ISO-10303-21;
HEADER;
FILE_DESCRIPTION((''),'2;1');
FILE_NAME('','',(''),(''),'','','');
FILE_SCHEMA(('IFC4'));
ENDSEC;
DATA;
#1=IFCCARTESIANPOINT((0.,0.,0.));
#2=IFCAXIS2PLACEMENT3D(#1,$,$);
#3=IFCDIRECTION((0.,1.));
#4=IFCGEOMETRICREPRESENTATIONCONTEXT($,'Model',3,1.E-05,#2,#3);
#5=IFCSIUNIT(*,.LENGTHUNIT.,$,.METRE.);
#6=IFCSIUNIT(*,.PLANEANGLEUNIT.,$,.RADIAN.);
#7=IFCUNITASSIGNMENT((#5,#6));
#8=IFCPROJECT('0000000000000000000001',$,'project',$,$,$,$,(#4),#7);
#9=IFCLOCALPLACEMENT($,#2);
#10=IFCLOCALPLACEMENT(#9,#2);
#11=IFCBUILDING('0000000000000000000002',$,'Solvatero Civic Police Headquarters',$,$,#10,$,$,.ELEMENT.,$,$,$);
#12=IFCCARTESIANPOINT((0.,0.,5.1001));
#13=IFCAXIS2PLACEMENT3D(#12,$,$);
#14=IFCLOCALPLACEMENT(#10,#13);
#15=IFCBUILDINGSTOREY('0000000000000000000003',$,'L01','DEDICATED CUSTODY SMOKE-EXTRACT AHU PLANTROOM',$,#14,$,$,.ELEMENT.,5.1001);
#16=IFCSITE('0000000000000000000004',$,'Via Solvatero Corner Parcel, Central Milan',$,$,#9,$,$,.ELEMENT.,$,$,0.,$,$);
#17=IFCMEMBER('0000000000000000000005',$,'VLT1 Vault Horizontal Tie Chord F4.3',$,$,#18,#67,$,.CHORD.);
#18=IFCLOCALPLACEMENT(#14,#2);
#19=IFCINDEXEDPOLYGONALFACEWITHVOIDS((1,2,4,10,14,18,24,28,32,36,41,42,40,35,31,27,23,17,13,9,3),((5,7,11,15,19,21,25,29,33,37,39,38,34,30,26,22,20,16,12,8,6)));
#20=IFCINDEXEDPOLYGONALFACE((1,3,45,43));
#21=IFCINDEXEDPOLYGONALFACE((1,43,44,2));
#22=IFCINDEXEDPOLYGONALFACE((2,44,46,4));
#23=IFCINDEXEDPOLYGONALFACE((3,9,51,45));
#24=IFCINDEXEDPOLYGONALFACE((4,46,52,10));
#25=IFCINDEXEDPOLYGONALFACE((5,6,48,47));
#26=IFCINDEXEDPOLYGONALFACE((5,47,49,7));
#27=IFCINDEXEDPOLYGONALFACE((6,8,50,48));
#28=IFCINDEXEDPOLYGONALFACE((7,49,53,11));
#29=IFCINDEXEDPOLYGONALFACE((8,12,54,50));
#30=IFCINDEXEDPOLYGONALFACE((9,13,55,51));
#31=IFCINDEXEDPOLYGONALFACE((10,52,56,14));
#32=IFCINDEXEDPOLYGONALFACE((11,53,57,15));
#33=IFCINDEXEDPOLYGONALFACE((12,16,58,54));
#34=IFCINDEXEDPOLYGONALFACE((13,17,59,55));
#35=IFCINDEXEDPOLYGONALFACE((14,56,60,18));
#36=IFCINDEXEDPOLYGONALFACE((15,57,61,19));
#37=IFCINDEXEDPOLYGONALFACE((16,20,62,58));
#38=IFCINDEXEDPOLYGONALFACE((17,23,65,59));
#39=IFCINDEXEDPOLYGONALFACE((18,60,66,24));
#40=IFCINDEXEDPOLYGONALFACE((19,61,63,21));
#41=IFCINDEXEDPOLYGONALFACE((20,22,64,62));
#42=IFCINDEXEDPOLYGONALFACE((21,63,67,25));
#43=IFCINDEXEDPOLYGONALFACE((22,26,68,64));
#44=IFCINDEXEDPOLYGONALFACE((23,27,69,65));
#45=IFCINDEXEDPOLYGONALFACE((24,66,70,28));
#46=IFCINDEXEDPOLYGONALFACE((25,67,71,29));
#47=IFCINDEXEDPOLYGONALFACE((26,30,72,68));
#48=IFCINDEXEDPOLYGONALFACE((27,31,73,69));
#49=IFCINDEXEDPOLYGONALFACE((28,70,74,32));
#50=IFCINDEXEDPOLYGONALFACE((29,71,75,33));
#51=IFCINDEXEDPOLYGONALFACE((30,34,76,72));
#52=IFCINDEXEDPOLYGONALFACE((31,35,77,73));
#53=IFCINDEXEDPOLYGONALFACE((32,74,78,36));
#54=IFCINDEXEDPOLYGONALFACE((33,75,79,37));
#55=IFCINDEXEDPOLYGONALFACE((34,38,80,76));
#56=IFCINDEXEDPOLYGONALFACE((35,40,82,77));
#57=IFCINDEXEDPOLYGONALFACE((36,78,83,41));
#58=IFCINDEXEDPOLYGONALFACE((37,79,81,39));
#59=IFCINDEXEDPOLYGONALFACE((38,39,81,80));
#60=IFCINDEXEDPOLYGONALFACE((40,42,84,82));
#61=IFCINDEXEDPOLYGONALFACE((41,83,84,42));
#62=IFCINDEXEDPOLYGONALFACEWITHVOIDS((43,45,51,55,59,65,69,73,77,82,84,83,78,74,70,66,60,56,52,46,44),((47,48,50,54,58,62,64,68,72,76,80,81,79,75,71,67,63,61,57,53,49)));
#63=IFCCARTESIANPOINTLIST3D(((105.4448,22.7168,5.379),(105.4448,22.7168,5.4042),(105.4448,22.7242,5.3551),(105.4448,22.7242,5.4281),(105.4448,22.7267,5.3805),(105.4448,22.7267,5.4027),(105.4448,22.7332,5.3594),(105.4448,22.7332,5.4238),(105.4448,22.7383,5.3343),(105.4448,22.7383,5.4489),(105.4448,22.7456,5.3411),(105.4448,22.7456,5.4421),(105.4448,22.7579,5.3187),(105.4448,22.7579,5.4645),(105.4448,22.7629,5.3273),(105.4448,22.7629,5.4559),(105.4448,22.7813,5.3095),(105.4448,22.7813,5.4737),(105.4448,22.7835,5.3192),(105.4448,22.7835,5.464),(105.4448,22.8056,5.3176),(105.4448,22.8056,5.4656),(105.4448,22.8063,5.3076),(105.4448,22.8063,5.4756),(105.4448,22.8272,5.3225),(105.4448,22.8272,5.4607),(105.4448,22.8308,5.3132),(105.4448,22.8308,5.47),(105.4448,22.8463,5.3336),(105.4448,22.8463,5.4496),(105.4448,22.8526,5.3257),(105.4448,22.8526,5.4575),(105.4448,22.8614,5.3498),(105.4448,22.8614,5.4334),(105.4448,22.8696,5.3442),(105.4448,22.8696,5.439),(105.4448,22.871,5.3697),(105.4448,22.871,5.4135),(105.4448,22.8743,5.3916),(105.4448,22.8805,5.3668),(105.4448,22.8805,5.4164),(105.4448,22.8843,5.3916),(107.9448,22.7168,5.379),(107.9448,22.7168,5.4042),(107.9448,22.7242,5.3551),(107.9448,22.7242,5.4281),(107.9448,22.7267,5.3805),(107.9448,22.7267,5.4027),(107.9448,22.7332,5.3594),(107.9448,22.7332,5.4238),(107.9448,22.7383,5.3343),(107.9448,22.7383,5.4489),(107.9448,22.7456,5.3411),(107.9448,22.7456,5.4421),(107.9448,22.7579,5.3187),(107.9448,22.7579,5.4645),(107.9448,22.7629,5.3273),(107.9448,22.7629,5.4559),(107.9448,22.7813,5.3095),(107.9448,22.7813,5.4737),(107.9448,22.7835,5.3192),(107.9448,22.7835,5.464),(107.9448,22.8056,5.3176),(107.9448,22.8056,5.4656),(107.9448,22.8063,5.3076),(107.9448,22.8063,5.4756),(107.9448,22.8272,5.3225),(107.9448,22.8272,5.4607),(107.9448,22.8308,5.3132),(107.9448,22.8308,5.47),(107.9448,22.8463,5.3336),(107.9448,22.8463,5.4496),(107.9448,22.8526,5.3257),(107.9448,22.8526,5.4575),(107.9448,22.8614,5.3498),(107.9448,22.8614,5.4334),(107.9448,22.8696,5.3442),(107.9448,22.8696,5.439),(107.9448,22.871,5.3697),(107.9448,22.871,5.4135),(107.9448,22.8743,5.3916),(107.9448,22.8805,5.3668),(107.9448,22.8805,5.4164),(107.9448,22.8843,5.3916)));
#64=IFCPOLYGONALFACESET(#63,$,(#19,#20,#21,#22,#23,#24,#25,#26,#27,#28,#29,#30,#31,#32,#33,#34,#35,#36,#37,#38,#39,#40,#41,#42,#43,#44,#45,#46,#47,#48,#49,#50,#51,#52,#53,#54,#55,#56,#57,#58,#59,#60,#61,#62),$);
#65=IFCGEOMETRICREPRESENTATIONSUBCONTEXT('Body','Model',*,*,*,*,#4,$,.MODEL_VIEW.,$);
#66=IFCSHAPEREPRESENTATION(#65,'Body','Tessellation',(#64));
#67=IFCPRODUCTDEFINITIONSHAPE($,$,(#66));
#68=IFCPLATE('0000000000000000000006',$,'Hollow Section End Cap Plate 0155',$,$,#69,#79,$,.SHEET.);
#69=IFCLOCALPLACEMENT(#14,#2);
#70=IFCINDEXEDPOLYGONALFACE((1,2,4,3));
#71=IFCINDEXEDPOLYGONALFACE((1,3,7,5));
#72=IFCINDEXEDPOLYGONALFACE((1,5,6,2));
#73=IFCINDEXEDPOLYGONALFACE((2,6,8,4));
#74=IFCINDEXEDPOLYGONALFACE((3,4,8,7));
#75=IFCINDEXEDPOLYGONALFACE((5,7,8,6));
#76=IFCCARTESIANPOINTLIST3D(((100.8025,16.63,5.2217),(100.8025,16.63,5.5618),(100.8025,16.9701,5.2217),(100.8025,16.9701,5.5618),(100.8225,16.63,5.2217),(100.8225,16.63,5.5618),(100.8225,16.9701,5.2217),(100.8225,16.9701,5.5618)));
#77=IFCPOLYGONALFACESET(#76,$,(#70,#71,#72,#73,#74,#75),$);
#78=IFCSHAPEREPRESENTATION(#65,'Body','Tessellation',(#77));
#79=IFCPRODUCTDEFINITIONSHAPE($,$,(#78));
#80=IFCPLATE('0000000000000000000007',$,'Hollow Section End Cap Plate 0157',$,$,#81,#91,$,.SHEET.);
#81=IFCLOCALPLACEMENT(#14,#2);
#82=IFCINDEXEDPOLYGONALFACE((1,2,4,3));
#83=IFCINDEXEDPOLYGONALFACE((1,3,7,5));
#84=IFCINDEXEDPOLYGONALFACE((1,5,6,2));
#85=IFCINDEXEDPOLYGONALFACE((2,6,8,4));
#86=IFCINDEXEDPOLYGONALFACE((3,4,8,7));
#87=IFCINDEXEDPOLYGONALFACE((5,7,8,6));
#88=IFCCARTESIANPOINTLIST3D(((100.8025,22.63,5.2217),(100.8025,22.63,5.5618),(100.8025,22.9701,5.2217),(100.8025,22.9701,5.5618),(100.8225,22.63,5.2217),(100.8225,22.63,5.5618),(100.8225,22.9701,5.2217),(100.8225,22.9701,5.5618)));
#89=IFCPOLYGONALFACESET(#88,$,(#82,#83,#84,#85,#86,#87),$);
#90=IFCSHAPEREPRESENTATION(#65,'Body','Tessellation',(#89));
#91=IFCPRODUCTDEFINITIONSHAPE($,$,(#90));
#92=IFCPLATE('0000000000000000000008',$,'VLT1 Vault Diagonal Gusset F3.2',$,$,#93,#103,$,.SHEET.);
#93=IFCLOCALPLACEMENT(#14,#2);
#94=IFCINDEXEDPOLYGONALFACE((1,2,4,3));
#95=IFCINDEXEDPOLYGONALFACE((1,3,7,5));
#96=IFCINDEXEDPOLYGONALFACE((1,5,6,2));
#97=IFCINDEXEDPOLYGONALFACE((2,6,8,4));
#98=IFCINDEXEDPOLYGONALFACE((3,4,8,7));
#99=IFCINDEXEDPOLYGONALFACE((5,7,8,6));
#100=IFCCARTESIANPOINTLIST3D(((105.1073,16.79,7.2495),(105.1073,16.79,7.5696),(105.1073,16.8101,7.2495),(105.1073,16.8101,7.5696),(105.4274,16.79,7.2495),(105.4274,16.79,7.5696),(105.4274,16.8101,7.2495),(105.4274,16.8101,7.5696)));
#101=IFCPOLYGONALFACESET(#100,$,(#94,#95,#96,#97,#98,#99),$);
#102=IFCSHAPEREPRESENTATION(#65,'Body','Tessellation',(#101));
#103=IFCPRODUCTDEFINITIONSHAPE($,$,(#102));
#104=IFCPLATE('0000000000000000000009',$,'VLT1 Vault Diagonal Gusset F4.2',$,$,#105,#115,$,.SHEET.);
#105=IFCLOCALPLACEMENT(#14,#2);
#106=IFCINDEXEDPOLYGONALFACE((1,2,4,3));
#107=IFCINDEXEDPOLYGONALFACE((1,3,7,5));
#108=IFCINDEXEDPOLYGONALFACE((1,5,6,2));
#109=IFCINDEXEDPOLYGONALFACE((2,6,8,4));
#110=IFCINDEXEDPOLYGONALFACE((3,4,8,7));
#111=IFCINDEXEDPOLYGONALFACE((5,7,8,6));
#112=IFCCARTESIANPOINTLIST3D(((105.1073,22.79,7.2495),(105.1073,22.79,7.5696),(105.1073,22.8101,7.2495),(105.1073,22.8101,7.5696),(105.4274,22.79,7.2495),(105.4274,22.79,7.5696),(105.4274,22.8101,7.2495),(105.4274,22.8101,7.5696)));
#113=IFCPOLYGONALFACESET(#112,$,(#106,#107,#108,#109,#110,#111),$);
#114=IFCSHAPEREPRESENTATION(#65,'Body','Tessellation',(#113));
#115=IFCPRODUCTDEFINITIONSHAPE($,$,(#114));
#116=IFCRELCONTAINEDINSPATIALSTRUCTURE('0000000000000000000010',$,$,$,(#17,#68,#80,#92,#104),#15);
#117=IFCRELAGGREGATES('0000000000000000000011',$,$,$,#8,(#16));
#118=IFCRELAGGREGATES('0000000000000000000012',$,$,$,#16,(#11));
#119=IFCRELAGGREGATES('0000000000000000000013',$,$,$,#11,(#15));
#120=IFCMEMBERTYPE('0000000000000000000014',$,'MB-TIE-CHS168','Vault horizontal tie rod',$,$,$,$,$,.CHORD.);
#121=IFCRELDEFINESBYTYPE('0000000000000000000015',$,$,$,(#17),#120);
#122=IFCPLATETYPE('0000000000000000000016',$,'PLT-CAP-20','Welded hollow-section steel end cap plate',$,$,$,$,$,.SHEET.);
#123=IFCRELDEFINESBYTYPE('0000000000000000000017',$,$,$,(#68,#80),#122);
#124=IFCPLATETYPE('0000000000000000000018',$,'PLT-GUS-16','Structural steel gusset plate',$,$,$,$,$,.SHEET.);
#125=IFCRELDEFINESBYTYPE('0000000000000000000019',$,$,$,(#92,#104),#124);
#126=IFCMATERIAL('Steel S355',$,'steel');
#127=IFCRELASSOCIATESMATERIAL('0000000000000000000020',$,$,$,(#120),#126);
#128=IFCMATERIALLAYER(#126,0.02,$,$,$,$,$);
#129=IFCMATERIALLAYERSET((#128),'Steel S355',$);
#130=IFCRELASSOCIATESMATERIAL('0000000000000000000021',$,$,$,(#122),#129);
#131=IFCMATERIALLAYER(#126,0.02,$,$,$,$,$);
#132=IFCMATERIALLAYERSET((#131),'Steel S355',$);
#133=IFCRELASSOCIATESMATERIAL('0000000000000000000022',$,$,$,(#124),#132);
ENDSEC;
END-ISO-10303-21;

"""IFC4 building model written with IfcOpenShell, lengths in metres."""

from ifc_helpers import new_model, si_unit, direction, frame, origin, origin_2d, place, context, subcontext, project, spatial, rectangle, hollow_circle, extrude, material, layer, layer_set, material_profile, profile_set, type_object, element, save


model = new_model("IFC4")

# Units and contexts
model_context = context("Model", 3, precision=1e-05, world=origin(), true_north=direction((0.0, 1.0)))
body_context = subcontext(model_context, "Body", "Model", "MODEL_VIEW")
ifc_project = project(units=[si_unit("LENGTHUNIT", "METRE"), si_unit("PLANEANGLEUNIT", "RADIAN")], contexts=[model_context])

# Site, building, storey
site_placement = place(None, origin())
site = spatial("IfcSite", under=ifc_project, at=site_placement, Name="Via Solvatero Corner Parcel, Central Milan", CompositionType="ELEMENT", RefElevation=0.0)
building_placement = place(site_placement, origin())
building = spatial("IfcBuilding", under=site, at=building_placement, Name="Solvatero Civic Police Headquarters", CompositionType="ELEMENT")
storey_placement = place(building_placement, frame((0.0, 0.0, 5.1001)))
storey = spatial("IfcBuildingStorey", under=building, at=storey_placement, Name="L01", Description="DEDICATED CUSTODY SMOKE-EXTRACT AHU PLANTROOM", CompositionType="ELEMENT", Elevation=5.1001)

# Shared definitions
ifc_material = material(Name="Steel S355", Category="steel")

# Member
ifc_material_profile_1 = material_profile(ifc_material, hollow_circle(Radius=0.0842, WallThickness=0.01, at=origin_2d()), Name="CHS 168.3x10.0")
ifc_profile_set_1 = profile_set([ifc_material_profile_1], Name="Steel S355")
member_type_1 = type_object("IfcMemberType", Name="MB-TIE-CHS168", Description="Vault horizontal tie rod", PredefinedType="CHORD", material=ifc_profile_set_1)
member_1_placement = place(storey_placement, frame((105.4448, 22.8, 5.3916), z_axis=(1.0, 0.0, 0.0), x_axis=(0.0, 1.0, 0.0)))
element("IfcMember", 1, at=member_1_placement, inside=storey, type_object=member_type_1, Name="VLT1 Vault Horizontal Tie Chord F4.3", PredefinedType="CHORD", context=body_context, shape_type="SweptSolid", body=[
    extrude(hollow_circle(Radius=0.0842, WallThickness=0.01, at=origin_2d()), origin(), (0.0, 0.0, 1.0), 2.5),
])

# Plates
ifc_layer_1 = layer(ifc_material, 0.02)
ifc_layer_set_1 = layer_set([ifc_layer_1], Name="Steel S355")
plate_type_1 = type_object("IfcPlateType", Name="PLT-CAP-20", Description="Welded hollow-section steel end cap plate", PredefinedType="SHEET", material=ifc_layer_set_1)
for number, where, z_axis, x_axis, name in (
    (2, (100.8125, 16.8, 5.2217), (0.0, 0.0, 1.0), (1.0, 0.0, 0.0), "Hollow Section End Cap Plate 0155"),
    (3, (100.8125, 22.8, 5.2217), (0.0, 0.0, 1.0), (1.0, 0.0, 0.0), "Hollow Section End Cap Plate 0157"),
):
    element("IfcPlate", number, at=place(storey_placement, frame(where, z_axis=z_axis, x_axis=x_axis)), inside=storey, type_object=plate_type_1, Name=name, PredefinedType="SHEET", context=body_context, shape_type="SweptSolid", body=[
        extrude(rectangle(XDim=0.02, YDim=0.3401, at=origin_2d()), origin(), (0.0, 0.0, 1.0), 0.3401),
    ])
ifc_layer_2 = layer(ifc_material, 0.02)
ifc_layer_set_2 = layer_set([ifc_layer_2], Name="Steel S355")
plate_type_2 = type_object("IfcPlateType", Name="PLT-GUS-16", Description="Structural steel gusset plate", PredefinedType="SHEET", material=ifc_layer_set_2)
for number, where, z_axis, x_axis, name in (
    (4, (105.2673, 16.8, 7.2495), (0.0, 0.0, 1.0), (1.0, 0.0, 0.0), "VLT1 Vault Diagonal Gusset F3.2"),
    (5, (105.2673, 22.8, 7.2495), (0.0, 0.0, 1.0), (1.0, 0.0, 0.0), "VLT1 Vault Diagonal Gusset F4.2"),
):
    element("IfcPlate", number, at=place(storey_placement, frame(where, z_axis=z_axis, x_axis=x_axis)), inside=storey, type_object=plate_type_2, Name=name, PredefinedType="SHEET", context=body_context, shape_type="SweptSolid", body=[
        extrude(rectangle(XDim=0.3201, YDim=0.02, at=origin_2d()), origin(), (0.0, 0.0, 1.0), 0.3201),
    ])

save(model, "model.ifc")
